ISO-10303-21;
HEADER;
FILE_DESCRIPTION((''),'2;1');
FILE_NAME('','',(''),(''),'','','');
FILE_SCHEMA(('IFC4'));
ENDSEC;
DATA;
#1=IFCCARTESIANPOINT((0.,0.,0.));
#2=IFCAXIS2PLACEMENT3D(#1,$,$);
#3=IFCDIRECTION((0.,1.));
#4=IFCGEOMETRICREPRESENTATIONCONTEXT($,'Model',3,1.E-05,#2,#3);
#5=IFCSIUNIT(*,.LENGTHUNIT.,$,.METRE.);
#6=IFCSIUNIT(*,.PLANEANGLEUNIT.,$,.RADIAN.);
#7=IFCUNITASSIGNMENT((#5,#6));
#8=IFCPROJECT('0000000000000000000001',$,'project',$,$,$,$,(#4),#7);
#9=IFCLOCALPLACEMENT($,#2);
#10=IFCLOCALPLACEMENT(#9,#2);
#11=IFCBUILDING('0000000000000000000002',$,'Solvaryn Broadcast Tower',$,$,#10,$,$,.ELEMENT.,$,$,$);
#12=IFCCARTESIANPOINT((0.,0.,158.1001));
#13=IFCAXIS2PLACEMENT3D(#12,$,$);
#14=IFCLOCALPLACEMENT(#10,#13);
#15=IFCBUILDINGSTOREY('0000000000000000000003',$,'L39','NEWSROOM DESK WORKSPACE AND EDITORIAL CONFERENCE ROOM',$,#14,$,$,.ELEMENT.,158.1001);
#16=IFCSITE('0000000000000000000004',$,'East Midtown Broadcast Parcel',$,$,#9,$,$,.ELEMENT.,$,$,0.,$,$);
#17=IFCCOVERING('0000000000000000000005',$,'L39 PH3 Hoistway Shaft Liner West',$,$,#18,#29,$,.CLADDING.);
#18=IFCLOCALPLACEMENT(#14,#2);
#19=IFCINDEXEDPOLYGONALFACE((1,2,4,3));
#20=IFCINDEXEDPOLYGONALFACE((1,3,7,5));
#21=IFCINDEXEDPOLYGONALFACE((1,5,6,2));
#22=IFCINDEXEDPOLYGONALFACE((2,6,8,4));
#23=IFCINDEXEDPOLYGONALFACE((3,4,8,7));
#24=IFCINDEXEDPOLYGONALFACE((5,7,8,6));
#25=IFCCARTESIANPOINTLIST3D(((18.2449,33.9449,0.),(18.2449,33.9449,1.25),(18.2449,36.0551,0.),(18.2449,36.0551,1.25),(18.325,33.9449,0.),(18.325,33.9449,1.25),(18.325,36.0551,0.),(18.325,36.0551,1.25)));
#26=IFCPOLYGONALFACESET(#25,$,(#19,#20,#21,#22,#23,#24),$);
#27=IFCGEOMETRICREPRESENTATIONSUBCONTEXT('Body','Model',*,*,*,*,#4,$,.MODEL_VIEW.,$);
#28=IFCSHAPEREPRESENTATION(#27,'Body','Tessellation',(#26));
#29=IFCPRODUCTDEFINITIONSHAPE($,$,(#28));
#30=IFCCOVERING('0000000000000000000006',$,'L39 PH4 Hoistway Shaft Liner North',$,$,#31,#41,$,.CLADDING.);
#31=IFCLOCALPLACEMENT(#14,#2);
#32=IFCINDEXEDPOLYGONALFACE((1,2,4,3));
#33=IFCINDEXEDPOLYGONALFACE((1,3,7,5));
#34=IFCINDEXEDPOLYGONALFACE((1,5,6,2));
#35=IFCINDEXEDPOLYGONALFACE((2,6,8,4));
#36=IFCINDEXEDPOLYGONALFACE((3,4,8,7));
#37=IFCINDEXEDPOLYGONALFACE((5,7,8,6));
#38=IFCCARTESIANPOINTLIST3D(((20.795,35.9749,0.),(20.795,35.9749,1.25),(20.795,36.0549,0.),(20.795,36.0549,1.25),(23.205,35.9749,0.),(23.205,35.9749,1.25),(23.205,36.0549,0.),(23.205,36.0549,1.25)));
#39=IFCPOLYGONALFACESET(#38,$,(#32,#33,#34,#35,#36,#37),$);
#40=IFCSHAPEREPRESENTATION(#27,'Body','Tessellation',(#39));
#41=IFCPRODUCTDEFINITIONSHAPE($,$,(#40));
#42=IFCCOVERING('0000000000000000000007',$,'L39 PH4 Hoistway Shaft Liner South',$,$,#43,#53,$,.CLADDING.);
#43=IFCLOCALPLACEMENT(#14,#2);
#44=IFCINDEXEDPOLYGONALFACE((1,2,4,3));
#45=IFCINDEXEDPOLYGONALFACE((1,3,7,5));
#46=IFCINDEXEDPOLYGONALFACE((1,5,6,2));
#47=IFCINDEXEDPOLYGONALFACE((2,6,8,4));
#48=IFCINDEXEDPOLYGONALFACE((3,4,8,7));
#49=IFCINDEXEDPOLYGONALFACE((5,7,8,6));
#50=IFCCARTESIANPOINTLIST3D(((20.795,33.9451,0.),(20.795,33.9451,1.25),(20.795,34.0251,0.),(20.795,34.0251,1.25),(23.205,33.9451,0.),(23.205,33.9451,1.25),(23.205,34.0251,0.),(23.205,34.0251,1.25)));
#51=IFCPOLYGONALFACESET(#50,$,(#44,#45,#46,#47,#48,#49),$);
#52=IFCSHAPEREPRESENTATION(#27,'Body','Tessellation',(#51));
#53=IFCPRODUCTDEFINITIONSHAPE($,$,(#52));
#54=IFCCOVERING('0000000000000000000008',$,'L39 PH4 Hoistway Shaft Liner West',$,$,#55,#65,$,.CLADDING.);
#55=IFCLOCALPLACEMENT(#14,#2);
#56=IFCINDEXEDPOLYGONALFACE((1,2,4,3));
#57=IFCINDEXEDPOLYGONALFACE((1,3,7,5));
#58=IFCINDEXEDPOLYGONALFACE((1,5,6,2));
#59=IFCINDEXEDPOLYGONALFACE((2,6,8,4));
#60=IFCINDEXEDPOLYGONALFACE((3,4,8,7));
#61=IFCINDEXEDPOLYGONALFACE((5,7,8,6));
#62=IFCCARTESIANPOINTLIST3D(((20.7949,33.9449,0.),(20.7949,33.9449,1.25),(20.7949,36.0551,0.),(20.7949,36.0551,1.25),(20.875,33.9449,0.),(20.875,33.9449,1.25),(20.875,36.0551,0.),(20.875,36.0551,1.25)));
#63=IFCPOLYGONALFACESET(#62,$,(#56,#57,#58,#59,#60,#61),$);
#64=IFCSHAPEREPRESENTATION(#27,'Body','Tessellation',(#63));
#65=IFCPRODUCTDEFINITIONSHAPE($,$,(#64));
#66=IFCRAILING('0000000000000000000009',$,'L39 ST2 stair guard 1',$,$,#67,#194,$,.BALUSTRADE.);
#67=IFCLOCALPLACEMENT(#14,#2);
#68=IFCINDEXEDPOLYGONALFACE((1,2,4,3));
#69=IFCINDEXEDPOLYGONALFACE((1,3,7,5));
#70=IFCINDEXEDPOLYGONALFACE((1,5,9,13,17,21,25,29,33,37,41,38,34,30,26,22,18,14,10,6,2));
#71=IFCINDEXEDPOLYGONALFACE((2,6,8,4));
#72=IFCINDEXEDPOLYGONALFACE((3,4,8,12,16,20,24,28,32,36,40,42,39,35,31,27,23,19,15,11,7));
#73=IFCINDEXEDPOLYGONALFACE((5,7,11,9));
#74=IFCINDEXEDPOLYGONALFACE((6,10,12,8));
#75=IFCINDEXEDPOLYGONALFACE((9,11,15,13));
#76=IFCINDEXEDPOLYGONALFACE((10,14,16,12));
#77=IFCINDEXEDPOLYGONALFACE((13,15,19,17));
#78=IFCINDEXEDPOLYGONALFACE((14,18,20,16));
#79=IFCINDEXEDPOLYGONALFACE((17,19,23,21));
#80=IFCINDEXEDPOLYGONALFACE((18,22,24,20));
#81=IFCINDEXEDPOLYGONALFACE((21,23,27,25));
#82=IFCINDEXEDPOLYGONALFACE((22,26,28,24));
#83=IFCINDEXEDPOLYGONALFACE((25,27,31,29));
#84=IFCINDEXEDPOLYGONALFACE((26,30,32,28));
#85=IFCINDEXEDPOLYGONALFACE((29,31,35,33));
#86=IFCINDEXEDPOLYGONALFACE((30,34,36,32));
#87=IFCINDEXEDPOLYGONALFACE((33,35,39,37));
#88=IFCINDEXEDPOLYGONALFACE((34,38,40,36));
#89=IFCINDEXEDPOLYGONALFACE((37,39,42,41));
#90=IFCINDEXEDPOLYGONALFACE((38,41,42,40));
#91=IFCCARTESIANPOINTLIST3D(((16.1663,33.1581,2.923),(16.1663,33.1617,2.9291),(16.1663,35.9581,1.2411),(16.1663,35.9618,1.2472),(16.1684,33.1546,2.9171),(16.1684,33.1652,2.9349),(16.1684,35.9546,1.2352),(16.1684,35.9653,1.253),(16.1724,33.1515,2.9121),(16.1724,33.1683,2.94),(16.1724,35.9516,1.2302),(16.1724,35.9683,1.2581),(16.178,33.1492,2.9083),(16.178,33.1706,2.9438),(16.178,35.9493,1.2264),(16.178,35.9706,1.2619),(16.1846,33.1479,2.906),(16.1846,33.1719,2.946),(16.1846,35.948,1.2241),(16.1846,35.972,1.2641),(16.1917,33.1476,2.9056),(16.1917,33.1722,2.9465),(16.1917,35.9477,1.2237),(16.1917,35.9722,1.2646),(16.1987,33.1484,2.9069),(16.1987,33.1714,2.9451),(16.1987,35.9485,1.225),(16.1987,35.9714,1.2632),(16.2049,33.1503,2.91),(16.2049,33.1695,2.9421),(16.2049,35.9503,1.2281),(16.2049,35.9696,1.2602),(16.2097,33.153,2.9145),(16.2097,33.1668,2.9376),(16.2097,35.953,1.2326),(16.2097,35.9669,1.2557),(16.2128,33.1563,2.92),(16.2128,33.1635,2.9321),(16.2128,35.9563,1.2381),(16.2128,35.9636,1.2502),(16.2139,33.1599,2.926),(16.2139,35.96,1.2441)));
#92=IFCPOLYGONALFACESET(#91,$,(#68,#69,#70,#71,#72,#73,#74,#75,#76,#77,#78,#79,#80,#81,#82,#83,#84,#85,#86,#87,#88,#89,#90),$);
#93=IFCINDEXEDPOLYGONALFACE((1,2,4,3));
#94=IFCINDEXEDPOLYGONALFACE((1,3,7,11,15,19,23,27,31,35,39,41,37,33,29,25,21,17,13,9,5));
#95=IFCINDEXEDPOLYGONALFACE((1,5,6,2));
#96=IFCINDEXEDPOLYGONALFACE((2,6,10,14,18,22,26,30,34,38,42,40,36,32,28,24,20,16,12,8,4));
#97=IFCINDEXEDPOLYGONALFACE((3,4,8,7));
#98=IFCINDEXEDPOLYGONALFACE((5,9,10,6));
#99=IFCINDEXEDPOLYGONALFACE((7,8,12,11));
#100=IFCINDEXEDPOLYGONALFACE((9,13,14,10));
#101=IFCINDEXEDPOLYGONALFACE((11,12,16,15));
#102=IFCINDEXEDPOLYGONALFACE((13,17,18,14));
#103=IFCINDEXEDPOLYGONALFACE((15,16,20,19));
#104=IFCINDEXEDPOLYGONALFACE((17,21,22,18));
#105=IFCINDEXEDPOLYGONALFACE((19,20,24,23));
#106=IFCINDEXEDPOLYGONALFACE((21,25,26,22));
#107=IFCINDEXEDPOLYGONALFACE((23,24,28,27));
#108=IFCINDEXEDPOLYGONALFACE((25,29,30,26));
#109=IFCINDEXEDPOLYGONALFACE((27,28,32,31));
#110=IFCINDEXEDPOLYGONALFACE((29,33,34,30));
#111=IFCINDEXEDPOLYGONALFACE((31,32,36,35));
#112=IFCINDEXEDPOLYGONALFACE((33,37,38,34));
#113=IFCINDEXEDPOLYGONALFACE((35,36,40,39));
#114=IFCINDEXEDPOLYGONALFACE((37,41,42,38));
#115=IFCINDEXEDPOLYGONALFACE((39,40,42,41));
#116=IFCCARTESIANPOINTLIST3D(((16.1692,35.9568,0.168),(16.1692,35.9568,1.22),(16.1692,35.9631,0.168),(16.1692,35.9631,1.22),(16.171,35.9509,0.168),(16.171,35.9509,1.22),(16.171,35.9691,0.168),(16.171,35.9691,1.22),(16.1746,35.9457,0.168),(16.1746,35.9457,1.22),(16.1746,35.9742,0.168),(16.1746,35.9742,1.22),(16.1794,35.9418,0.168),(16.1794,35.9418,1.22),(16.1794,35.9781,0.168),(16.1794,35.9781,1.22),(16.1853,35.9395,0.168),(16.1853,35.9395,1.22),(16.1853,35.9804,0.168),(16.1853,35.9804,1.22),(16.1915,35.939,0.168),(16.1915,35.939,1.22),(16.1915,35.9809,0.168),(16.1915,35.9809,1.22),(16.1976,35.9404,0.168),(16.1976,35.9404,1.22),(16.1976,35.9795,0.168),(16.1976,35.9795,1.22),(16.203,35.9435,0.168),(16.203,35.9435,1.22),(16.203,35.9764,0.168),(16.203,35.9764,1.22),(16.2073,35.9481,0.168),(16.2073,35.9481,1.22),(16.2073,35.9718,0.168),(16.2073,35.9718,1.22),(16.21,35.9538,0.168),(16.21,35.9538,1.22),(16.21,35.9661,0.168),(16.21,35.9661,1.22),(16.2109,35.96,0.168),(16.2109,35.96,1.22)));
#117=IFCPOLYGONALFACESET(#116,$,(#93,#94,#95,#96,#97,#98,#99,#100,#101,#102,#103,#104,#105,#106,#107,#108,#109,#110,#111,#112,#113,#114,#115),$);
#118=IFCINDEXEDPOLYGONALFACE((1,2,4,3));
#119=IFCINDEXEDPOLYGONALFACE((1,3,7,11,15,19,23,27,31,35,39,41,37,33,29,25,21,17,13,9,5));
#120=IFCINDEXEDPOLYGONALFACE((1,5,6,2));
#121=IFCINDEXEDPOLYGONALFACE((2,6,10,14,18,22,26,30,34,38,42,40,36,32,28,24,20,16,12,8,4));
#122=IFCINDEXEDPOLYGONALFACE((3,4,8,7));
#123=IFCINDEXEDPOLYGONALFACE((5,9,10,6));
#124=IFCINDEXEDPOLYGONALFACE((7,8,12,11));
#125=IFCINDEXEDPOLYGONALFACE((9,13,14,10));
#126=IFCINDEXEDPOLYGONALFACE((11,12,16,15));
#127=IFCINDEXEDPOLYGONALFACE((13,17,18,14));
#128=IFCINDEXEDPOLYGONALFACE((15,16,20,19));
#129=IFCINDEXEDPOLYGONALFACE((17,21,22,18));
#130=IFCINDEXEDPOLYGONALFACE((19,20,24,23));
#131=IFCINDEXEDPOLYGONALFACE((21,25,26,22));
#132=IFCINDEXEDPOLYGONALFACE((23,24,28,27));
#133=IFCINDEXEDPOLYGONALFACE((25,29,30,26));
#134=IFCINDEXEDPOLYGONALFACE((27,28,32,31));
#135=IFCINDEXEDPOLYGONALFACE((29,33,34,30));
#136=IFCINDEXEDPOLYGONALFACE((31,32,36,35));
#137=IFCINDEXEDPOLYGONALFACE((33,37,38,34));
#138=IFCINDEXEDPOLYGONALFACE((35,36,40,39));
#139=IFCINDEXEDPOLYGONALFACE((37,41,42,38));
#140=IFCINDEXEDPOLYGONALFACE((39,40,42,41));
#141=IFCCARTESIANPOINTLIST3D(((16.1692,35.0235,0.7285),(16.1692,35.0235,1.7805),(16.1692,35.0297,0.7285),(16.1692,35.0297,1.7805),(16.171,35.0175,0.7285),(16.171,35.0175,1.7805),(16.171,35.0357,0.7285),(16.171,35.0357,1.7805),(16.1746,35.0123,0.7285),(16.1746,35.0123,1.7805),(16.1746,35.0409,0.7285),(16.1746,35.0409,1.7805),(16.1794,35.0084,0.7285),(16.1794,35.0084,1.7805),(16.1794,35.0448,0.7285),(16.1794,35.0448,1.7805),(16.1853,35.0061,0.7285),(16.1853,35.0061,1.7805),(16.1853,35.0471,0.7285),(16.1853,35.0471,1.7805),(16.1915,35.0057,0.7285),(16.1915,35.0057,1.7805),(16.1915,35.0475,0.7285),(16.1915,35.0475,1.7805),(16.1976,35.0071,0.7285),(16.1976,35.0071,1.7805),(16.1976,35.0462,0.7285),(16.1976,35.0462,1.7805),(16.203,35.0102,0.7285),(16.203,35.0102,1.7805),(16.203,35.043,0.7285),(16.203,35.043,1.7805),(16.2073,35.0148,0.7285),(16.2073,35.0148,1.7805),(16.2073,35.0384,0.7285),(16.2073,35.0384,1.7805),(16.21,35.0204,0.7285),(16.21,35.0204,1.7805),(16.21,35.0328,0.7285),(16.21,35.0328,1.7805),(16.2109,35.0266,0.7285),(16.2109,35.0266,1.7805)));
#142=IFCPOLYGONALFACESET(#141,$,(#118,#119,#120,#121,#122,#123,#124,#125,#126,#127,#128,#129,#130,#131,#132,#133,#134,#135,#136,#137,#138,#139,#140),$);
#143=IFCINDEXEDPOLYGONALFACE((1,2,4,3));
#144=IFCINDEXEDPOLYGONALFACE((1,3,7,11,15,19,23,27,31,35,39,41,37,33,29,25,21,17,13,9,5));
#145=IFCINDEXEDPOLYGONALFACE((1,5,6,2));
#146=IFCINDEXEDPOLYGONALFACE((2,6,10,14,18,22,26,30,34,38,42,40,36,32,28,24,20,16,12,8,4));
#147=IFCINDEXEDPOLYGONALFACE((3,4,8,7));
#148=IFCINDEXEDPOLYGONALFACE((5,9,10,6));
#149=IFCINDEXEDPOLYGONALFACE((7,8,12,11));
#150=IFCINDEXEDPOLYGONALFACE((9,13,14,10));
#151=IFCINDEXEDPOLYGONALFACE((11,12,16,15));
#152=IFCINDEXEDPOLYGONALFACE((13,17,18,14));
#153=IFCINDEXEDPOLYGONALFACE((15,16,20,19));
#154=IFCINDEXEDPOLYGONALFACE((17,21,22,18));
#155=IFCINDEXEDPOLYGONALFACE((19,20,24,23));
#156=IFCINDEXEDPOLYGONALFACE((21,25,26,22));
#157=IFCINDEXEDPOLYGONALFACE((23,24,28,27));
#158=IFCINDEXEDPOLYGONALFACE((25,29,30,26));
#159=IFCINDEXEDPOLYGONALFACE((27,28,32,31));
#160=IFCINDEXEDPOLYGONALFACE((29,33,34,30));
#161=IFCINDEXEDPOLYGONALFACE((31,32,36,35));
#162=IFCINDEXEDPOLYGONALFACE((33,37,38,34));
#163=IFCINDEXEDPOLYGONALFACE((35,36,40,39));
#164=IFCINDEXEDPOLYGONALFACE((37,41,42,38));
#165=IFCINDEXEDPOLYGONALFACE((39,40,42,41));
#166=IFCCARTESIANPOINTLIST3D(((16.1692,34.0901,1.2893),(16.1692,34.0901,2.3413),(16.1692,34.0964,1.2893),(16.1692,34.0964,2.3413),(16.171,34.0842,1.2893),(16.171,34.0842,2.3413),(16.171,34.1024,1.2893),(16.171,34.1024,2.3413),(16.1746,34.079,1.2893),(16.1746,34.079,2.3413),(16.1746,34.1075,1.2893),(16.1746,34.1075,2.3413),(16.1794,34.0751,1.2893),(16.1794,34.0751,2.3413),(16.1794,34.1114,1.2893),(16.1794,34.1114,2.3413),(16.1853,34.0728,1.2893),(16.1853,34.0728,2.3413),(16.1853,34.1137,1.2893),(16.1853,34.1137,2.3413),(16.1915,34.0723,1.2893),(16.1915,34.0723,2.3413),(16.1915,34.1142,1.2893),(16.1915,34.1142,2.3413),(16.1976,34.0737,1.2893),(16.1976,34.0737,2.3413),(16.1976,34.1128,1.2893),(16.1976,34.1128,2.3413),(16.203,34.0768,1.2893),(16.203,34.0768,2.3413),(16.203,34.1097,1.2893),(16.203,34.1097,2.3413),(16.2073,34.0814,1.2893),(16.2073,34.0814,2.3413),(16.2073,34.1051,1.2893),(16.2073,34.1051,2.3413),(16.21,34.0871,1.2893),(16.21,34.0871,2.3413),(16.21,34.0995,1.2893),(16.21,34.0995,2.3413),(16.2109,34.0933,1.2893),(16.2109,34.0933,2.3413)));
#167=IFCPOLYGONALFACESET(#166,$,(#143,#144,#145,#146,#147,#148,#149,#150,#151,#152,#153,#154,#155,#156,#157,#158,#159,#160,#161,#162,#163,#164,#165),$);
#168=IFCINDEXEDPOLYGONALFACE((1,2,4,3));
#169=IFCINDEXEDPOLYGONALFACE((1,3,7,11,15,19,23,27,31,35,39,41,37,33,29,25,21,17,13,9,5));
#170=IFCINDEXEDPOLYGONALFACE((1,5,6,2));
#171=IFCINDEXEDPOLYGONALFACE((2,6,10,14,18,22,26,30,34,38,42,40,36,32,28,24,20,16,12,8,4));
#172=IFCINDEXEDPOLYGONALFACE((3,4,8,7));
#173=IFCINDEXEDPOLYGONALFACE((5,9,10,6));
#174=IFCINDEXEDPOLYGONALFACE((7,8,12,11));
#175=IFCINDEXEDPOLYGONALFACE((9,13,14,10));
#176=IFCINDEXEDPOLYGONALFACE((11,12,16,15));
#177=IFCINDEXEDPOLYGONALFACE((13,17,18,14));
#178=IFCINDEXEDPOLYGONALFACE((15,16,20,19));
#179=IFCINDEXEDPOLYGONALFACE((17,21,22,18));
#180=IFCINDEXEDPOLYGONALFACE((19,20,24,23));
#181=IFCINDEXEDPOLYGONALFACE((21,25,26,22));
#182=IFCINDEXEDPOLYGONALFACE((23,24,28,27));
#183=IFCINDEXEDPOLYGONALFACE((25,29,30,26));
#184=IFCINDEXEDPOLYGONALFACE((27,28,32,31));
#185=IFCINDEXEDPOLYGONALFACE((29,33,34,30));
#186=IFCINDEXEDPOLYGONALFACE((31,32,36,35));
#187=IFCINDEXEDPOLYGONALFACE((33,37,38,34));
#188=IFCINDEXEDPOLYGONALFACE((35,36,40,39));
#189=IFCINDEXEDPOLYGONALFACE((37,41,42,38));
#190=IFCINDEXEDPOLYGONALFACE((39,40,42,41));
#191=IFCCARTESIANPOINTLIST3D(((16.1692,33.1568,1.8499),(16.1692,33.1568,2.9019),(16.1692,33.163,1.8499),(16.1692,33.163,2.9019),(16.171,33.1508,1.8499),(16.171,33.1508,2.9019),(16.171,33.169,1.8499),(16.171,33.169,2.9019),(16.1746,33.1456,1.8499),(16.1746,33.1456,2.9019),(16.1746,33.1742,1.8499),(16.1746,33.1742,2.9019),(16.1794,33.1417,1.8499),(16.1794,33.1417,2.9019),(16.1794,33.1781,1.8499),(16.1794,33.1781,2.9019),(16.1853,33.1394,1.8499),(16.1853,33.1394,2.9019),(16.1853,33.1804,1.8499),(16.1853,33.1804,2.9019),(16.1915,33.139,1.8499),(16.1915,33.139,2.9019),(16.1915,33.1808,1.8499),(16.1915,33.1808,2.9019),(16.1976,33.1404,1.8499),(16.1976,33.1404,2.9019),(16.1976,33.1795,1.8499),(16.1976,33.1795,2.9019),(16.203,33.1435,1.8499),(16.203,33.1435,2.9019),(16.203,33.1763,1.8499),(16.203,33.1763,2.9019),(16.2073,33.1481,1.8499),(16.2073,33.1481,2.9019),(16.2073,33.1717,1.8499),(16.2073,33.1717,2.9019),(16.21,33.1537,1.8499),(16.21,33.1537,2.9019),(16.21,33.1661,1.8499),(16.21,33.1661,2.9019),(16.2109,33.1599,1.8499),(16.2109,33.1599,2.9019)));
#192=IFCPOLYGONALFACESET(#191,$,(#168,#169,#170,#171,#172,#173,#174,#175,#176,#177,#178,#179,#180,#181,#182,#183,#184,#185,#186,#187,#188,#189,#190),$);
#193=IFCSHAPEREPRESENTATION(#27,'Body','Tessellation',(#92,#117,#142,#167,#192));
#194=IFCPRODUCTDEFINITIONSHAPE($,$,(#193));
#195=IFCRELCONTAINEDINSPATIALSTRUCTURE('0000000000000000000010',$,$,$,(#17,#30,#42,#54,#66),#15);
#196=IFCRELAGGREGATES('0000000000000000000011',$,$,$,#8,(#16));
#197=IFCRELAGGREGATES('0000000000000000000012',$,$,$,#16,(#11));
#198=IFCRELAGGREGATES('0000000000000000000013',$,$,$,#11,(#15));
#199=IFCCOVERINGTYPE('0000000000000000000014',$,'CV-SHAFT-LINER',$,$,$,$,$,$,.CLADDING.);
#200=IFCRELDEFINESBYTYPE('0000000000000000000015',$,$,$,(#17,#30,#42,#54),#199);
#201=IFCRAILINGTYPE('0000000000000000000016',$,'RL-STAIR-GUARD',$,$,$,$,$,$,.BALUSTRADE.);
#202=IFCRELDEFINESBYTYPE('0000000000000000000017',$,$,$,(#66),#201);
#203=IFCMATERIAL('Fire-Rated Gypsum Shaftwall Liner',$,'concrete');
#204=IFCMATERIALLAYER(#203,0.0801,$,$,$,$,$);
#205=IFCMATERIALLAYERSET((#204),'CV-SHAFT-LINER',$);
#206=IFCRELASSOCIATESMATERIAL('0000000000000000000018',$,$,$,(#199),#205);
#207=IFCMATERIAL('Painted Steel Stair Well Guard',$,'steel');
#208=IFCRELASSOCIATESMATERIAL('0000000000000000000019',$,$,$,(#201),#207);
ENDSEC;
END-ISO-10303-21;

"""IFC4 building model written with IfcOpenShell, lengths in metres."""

from ifc_helpers import new_model, si_unit, direction, frame, origin, origin_2d, place, context, subcontext, project, spatial, rectangle, circle, extrude, material, layer, layer_set, type_object, element, save


model = new_model("IFC4")

# Units and contexts
model_context = context("Model", 3, precision=1e-05, world=origin(), true_north=direction((0.0, 1.0)))
body_context = subcontext(model_context, "Body", "Model", "MODEL_VIEW")
ifc_project = project(units=[si_unit("LENGTHUNIT", "METRE"), si_unit("PLANEANGLEUNIT", "RADIAN")], contexts=[model_context])

# Site, building, storey
site_placement = place(None, origin())
site = spatial("IfcSite", under=ifc_project, at=site_placement, Name="East Midtown Broadcast Parcel", CompositionType="ELEMENT", RefElevation=0.0)
building_placement = place(site_placement, origin())
building = spatial("IfcBuilding", under=site, at=building_placement, Name="Solvaryn Broadcast Tower", CompositionType="ELEMENT")
storey_placement = place(building_placement, frame((0.0, 0.0, 158.1001)))
storey = spatial("IfcBuildingStorey", under=building, at=storey_placement, Name="L39", Description="NEWSROOM DESK WORKSPACE AND EDITORIAL CONFERENCE ROOM", CompositionType="ELEMENT", Elevation=158.1001)

# Coverings
ifc_material_1 = material(Name="Fire-Rated Gypsum Shaftwall Liner", Category="concrete")
ifc_layer_1 = layer(ifc_material_1, 0.0801)
ifc_layer_set_1 = layer_set([ifc_layer_1], Name="CV-SHAFT-LINER")
covering_type = type_object("IfcCoveringType", Name="CV-SHAFT-LINER", PredefinedType="CLADDING", material=ifc_layer_set_1)
for number, where, z_axis, x_axis, name in (
    (1, (18.2849, 35.0, 0.0), (0.0, 0.0, 1.0), (1.0, 0.0, 0.0), "L39 PH3 Hoistway Shaft Liner West"),
):
    element("IfcCovering", number, at=place(storey_placement, frame(where, z_axis=z_axis, x_axis=x_axis)), inside=storey, type_object=covering_type, Name=name, PredefinedType="CLADDING", context=body_context, shape_type="SweptSolid", body=[
        extrude(rectangle(XDim=0.0801, YDim=2.1101, at=origin_2d()), origin(), (0.0, 0.0, 1.0), 1.25),
    ])
for number, where, z_axis, x_axis, name in (
    (2, (22.0, 36.0149, 0.0), (0.0, 0.0, 1.0), (1.0, 0.0, 0.0), "L39 PH4 Hoistway Shaft Liner North"),
    (3, (22.0, 33.9851, 0.0), (0.0, 0.0, 1.0), (1.0, 0.0, 0.0), "L39 PH4 Hoistway Shaft Liner South"),
):
    element("IfcCovering", number, at=place(storey_placement, frame(where, z_axis=z_axis, x_axis=x_axis)), inside=storey, type_object=covering_type, Name=name, PredefinedType="CLADDING", context=body_context, shape_type="SweptSolid", body=[
        extrude(rectangle(XDim=2.4099, YDim=0.0801, at=origin_2d()), origin(), (0.0, 0.0, 1.0), 1.25),
    ])
covering_1_placement = place(storey_placement, frame((20.835, 35.0, 0.0), z_axis=(0.0, 0.0, 1.0), x_axis=(1.0, 0.0, 0.0)))
element("IfcCovering", 4, at=covering_1_placement, inside=storey, type_object=covering_type, Name="L39 PH4 Hoistway Shaft Liner West", PredefinedType="CLADDING", context=body_context, shape_type="SweptSolid", body=[
    extrude(rectangle(XDim=0.0801, YDim=2.1101, at=origin_2d()), origin(), (0.0, 0.0, 1.0), 1.25),
])

# Railing
ifc_material_2 = material(Name="Painted Steel Stair Well Guard", Category="steel")
railing_type_1 = type_object("IfcRailingType", Name="RL-STAIR-GUARD", PredefinedType="BALUSTRADE", material=ifc_material_2)
railing_1_placement = place(storey_placement, frame((16.1899, 35.96, 0.168)))
element("IfcRailing", 5, at=railing_1_placement, inside=storey, type_object=railing_type_1, Name="L39 ST2 stair guard 1", PredefinedType="BALUSTRADE", context=body_context, shape_type="SweptSolid", body=[
    extrude(circle(Radius=0.0239, at=origin_2d()), frame((0.0, 0.0, 1.0762), z_axis=(0.0, -0.857242, 0.514913), x_axis=(1.0, 0.0, 0.0)), (0.0, 0.0, 1.0), 3.2664),
    extrude(circle(Radius=0.021, at=origin_2d()), origin(), (0.0, 0.0, 1.0), 1.052),
    extrude(circle(Radius=0.021, at=origin_2d()), frame((0.0, -0.9333, 0.5605)), (0.0, 0.0, 1.0), 1.052),
    extrude(circle(Radius=0.021, at=origin_2d()), frame((0.0, -1.8667, 1.1213)), (0.0, 0.0, 1.0), 1.052),
    extrude(circle(Radius=0.021, at=origin_2d()), frame((0.0, -2.8, 1.6819)), (0.0, 0.0, 1.0), 1.052),
])

save(model, "model.ifc")
